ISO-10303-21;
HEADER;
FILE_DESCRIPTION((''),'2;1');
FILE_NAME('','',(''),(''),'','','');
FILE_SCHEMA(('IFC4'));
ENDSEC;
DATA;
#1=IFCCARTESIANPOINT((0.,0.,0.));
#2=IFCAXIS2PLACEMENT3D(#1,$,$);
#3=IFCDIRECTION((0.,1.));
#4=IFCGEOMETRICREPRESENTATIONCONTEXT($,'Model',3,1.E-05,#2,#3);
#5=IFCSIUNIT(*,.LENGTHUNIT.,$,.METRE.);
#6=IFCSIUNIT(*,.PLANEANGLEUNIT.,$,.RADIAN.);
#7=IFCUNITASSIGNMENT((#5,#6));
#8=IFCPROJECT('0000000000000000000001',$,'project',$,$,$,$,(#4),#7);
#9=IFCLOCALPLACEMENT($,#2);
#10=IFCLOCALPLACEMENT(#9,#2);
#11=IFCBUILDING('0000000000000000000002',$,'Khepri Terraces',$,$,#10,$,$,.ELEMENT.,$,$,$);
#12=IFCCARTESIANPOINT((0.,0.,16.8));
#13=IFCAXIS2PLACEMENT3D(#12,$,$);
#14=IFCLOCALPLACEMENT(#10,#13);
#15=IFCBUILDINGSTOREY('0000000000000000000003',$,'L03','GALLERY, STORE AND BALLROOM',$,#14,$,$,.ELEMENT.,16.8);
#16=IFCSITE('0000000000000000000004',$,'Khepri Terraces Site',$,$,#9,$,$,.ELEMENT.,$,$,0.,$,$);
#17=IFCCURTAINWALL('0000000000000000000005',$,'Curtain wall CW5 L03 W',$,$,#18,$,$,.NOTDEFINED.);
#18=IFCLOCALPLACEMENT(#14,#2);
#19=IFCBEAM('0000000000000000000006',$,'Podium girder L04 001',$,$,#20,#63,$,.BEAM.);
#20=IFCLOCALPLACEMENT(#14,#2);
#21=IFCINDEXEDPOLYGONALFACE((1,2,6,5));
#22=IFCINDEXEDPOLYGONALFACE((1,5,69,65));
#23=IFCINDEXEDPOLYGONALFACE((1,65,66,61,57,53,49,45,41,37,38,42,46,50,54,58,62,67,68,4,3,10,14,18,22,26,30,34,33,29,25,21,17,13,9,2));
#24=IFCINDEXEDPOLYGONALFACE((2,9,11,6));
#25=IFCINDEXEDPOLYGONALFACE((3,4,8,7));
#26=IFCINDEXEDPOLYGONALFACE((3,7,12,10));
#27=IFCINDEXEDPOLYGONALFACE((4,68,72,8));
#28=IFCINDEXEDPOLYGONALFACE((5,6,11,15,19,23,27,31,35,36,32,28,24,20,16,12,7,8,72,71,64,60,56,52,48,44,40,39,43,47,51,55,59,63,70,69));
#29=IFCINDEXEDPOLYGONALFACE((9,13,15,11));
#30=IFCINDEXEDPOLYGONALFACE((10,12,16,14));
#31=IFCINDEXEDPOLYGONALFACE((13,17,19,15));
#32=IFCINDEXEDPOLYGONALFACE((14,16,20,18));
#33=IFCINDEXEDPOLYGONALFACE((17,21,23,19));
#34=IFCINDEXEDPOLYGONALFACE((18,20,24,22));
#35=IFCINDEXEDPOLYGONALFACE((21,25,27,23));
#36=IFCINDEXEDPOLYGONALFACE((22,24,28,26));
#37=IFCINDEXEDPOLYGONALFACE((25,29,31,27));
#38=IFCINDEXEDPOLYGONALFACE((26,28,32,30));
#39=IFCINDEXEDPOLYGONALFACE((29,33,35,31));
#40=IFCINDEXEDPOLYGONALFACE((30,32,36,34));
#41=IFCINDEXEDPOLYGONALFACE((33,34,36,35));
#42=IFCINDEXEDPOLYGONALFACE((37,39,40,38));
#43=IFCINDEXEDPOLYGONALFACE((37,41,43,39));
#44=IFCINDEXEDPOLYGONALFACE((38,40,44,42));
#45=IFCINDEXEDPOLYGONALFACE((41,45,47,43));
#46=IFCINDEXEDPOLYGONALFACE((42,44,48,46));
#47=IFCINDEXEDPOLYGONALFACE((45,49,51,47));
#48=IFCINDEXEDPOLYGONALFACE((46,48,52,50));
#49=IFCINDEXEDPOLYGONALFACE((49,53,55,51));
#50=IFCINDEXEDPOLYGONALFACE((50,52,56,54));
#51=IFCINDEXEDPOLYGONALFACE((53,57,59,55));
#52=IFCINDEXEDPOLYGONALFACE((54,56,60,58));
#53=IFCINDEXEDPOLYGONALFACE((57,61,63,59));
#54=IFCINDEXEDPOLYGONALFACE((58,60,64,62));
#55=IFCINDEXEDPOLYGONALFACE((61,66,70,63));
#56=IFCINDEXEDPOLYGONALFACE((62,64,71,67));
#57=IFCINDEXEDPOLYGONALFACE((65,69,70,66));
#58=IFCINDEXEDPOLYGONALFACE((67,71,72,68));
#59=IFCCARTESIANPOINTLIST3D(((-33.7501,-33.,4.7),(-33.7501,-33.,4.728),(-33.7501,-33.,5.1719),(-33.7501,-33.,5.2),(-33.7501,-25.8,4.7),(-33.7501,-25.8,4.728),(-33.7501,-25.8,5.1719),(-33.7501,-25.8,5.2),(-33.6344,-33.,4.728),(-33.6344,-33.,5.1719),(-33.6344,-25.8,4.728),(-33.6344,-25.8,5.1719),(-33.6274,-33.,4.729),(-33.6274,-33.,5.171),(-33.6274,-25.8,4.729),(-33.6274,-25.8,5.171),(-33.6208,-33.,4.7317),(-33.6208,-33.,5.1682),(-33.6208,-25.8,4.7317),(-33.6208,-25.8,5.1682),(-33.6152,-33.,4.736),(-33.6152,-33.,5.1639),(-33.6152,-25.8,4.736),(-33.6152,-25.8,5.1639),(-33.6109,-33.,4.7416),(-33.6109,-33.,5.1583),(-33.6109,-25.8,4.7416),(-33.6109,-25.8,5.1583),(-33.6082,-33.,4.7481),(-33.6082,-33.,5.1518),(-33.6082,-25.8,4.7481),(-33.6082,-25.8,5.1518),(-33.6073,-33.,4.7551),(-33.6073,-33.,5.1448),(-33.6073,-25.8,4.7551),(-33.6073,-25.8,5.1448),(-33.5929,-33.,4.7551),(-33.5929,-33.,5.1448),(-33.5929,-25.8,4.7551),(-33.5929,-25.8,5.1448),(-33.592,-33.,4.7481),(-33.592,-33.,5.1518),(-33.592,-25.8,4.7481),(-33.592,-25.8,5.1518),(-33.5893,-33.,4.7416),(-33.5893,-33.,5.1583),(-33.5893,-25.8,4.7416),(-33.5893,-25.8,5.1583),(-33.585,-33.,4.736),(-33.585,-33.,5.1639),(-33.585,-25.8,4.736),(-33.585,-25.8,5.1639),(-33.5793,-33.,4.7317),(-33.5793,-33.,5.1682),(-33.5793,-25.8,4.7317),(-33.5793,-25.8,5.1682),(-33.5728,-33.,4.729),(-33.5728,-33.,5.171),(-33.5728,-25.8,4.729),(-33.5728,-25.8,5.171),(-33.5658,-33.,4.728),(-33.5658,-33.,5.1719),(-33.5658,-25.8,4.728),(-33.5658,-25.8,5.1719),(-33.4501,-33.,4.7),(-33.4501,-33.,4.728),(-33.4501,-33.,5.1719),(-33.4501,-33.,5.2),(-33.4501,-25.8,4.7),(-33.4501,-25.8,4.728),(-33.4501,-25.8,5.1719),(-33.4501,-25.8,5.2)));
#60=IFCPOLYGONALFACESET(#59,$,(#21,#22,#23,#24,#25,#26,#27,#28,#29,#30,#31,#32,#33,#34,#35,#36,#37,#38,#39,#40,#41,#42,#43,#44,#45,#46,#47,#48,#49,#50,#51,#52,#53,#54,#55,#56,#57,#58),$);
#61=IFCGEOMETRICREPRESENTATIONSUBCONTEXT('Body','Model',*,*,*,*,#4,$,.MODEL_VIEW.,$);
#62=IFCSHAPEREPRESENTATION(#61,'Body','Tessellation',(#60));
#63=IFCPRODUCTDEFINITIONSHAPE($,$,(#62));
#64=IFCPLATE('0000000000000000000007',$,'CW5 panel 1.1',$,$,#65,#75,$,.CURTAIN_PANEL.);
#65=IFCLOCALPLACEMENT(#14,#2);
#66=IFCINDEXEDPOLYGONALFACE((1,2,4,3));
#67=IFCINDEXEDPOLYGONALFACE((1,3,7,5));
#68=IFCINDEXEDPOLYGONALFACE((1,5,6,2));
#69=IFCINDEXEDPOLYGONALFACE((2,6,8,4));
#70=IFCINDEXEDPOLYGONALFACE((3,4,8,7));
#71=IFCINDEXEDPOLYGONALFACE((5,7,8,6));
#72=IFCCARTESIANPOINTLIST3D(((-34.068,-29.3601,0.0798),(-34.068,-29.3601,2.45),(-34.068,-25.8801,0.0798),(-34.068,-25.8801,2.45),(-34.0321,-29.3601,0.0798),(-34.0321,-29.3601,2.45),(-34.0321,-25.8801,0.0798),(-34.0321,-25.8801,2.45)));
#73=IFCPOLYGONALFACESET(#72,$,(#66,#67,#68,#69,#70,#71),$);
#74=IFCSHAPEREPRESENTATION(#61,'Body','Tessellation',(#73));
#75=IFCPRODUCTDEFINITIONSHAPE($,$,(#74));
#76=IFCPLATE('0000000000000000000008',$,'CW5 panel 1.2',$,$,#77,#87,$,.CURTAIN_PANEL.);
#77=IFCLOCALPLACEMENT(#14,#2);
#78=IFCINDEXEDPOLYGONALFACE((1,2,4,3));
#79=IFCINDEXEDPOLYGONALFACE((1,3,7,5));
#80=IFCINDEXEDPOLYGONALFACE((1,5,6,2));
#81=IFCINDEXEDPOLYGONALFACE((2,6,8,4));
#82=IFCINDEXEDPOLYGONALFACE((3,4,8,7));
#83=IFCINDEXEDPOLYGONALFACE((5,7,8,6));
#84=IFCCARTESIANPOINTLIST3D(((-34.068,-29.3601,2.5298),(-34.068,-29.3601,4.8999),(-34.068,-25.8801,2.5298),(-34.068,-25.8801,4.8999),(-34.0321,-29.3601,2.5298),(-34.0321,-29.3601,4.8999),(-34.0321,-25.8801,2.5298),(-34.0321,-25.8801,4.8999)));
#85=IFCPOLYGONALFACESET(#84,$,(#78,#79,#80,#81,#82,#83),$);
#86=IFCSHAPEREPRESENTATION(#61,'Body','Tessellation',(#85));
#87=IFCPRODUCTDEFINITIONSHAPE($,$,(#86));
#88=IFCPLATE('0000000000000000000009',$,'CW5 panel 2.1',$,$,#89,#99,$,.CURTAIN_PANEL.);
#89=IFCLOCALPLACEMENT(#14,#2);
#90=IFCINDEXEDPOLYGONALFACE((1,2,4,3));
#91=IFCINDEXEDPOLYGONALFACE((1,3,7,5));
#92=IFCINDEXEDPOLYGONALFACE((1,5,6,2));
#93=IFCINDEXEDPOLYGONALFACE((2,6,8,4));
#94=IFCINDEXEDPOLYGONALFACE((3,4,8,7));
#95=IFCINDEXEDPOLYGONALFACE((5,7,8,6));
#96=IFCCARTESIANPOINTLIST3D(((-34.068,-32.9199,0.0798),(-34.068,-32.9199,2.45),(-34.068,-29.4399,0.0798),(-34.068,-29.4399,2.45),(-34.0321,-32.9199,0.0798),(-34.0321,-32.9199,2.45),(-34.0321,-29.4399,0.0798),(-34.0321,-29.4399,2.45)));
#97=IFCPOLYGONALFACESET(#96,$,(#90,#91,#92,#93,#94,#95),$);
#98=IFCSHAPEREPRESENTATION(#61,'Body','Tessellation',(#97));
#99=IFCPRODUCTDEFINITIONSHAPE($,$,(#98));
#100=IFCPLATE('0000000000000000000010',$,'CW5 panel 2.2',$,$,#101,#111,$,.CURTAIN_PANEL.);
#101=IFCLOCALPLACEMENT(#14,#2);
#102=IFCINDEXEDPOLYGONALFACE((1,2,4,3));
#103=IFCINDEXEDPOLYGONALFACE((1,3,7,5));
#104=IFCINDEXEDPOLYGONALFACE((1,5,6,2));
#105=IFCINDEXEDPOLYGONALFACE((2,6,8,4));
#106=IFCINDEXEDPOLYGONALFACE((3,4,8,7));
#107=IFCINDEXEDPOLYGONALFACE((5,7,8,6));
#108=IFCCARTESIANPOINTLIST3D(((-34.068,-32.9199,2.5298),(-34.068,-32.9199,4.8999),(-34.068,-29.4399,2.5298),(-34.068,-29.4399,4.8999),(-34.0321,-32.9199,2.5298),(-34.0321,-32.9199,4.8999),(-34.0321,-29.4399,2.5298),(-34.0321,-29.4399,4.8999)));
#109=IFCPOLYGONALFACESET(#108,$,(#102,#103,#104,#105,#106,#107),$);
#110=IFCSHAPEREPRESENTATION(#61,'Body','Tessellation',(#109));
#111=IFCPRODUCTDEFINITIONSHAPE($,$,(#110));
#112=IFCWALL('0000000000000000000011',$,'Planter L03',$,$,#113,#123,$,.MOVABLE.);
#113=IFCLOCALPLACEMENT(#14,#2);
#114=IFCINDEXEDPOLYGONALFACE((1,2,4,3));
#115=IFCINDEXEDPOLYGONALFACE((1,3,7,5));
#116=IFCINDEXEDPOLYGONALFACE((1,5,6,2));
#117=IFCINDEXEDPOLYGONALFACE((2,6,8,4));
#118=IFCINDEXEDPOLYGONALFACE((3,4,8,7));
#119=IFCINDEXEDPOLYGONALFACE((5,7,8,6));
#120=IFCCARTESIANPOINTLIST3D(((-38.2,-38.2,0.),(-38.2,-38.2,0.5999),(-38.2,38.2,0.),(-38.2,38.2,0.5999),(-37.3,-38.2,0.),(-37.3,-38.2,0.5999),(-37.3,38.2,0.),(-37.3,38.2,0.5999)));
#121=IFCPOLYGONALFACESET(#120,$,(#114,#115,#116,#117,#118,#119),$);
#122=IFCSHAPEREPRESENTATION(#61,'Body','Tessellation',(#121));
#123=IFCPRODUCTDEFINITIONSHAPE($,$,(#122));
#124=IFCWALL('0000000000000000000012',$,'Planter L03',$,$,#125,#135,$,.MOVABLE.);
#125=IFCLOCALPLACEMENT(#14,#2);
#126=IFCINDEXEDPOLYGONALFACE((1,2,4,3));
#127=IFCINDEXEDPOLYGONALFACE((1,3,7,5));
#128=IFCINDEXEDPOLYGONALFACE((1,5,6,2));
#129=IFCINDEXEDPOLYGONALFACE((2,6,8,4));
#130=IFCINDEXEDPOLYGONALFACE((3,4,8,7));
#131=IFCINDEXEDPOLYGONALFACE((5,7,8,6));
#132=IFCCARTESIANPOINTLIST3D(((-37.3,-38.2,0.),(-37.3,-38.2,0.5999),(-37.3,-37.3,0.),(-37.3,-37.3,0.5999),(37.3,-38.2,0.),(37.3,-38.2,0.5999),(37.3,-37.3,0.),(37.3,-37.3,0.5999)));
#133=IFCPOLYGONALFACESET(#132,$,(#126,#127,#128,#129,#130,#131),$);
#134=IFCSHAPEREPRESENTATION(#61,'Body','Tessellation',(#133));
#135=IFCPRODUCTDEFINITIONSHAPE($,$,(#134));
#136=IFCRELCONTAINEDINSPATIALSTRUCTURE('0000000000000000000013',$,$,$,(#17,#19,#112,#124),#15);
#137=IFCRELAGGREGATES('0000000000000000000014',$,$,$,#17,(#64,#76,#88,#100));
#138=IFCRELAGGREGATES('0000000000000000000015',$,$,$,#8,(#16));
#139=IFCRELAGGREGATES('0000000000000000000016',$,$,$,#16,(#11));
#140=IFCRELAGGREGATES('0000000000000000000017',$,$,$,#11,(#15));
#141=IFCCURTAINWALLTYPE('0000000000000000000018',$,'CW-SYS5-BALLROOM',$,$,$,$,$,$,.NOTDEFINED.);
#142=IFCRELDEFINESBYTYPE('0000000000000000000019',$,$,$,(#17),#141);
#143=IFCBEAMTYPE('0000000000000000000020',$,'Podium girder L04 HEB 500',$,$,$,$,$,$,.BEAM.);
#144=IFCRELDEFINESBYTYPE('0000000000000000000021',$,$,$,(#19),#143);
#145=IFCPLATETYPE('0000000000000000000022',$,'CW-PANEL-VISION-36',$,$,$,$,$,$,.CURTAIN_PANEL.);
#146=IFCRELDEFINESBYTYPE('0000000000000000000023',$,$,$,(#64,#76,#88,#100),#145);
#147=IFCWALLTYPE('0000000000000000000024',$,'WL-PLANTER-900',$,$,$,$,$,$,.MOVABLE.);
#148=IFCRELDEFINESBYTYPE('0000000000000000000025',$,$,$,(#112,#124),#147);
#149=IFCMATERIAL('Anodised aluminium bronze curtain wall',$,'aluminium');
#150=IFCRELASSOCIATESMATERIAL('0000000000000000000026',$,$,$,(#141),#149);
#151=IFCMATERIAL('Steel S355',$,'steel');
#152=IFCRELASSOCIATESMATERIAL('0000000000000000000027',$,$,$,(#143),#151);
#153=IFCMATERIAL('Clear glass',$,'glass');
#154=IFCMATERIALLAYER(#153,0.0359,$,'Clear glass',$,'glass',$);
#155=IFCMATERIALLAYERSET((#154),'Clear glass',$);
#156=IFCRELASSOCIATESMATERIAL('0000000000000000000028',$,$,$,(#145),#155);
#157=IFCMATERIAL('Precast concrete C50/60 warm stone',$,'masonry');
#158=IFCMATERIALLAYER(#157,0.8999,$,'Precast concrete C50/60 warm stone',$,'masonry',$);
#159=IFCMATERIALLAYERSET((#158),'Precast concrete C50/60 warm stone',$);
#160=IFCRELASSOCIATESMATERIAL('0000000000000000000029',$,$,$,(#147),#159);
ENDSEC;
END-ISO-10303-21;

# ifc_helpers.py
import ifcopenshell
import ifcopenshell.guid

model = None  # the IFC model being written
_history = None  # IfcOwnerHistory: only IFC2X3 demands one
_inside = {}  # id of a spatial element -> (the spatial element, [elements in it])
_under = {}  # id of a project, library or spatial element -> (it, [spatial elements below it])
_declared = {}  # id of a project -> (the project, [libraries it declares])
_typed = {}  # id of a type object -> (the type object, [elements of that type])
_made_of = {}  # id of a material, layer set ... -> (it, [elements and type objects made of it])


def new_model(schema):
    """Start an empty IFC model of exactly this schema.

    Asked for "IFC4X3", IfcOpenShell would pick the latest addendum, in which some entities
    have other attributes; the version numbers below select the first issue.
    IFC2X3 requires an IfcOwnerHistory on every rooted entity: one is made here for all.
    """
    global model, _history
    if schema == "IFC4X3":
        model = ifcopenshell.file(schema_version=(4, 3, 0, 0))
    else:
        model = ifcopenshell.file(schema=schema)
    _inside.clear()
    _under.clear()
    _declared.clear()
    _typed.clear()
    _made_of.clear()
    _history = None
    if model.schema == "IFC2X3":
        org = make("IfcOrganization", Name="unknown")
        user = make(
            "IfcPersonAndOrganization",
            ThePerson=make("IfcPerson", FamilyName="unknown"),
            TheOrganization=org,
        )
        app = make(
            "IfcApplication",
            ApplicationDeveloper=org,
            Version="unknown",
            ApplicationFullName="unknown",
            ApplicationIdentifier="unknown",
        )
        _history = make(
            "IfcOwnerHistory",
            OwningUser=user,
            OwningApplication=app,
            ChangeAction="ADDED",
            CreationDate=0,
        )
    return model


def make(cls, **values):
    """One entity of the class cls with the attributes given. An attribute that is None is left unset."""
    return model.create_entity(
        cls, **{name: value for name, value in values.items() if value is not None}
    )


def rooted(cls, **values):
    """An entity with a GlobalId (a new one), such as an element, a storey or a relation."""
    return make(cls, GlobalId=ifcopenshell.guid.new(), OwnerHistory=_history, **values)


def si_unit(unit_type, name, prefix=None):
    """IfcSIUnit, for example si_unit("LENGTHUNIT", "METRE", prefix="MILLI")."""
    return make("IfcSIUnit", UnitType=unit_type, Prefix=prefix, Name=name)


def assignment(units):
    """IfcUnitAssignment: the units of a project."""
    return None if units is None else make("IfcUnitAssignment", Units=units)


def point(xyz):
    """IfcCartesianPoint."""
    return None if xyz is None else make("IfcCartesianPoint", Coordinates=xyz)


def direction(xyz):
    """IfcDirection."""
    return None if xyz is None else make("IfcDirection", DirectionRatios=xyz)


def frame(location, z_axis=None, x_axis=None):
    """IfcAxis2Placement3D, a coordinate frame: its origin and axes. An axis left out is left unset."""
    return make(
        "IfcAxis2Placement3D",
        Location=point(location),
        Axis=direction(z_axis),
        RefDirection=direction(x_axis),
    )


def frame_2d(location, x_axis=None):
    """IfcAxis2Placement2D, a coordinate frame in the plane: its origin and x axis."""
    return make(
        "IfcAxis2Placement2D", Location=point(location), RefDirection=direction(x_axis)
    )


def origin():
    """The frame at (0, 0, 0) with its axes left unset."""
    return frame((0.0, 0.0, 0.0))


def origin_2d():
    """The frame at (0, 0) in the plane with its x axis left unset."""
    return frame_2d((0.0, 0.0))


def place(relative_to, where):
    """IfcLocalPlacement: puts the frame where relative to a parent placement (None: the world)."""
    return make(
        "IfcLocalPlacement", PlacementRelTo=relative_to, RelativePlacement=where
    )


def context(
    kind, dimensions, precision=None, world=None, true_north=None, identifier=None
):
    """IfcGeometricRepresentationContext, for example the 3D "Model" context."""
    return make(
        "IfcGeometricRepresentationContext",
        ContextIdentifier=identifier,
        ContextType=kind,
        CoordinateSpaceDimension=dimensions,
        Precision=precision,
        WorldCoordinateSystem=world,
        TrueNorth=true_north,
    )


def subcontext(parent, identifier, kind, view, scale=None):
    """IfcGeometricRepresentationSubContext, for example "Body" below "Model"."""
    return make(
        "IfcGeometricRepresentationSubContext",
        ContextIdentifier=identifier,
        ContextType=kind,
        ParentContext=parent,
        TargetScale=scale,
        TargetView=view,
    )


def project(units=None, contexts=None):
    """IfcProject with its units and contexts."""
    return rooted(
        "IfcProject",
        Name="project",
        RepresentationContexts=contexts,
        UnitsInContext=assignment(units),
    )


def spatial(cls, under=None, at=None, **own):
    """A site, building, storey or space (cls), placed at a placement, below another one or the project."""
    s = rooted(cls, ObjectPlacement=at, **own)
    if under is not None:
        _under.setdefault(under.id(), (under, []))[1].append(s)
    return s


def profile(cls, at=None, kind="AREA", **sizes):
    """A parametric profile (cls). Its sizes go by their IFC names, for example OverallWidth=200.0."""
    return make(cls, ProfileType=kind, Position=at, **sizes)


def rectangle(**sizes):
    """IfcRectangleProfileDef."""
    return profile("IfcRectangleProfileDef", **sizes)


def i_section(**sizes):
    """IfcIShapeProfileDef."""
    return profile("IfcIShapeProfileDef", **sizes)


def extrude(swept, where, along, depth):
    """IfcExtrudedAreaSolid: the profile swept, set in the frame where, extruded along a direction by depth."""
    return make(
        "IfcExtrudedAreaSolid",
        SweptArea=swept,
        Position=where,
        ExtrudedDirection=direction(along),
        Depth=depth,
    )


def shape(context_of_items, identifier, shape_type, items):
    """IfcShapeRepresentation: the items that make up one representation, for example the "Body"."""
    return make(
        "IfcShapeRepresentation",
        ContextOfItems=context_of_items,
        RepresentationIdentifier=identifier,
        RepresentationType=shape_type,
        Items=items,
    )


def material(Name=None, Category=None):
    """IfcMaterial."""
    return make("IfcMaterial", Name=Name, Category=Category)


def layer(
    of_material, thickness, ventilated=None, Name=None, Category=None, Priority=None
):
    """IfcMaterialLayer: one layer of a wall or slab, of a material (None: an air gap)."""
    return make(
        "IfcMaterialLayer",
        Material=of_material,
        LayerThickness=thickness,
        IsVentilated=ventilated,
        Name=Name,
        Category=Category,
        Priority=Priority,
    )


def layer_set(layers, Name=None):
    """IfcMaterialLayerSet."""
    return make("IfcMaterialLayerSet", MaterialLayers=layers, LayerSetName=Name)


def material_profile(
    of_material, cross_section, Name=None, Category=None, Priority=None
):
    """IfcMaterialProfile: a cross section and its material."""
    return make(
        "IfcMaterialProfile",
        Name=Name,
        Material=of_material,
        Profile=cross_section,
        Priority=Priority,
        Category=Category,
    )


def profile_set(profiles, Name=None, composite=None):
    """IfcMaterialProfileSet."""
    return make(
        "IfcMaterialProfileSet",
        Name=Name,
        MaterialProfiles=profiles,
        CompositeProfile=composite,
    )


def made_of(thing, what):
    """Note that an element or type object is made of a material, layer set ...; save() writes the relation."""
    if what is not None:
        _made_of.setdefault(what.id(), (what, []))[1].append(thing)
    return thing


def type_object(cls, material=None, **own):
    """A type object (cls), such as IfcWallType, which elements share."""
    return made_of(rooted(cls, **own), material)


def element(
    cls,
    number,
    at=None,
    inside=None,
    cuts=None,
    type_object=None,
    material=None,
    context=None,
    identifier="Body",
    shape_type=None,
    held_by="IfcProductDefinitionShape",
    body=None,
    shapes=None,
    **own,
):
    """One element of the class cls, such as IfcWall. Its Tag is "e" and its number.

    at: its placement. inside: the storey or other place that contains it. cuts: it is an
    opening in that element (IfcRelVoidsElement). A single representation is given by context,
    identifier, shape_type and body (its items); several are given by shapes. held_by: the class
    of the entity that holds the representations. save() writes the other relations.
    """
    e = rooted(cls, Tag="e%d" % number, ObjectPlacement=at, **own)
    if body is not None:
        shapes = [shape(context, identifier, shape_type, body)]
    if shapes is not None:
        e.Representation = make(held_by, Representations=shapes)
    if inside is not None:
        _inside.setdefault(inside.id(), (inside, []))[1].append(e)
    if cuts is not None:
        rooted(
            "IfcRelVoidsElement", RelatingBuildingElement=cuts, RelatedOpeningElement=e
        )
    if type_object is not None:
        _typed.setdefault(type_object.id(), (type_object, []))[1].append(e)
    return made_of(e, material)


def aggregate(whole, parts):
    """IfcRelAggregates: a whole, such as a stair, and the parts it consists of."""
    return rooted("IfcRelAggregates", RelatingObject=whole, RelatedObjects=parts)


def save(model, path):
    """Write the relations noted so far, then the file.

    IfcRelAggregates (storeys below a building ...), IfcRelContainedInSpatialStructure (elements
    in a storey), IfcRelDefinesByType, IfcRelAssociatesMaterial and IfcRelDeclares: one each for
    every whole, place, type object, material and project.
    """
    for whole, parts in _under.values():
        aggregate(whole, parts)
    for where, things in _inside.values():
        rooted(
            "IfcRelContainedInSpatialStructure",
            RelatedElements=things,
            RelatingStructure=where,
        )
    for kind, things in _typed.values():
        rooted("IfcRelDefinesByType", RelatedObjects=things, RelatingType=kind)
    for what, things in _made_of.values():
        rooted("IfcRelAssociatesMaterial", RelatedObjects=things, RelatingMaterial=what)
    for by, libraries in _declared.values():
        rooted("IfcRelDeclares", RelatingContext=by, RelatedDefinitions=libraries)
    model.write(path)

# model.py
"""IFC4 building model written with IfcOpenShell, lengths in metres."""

from ifc_helpers import new_model, si_unit, direction, frame, frame_2d, origin, origin_2d, place, context, subcontext, project, spatial, rectangle, i_section, extrude, material, layer, layer_set, material_profile, profile_set, type_object, element, aggregate, save


model = new_model("IFC4")

# Units and contexts
model_context = context("Model", 3, precision=1e-05, world=origin(), true_north=direction((0.0, 1.0)))
body_context = subcontext(model_context, "Body", "Model", "MODEL_VIEW")
ifc_project = project(units=[si_unit("LENGTHUNIT", "METRE"), si_unit("PLANEANGLEUNIT", "RADIAN")], contexts=[model_context])

# Site, building, storey
site_placement = place(None, origin())
site = spatial("IfcSite", under=ifc_project, at=site_placement, Name="Khepri Terraces Site", CompositionType="ELEMENT", RefElevation=0.0)
building_placement = place(site_placement, origin())
building = spatial("IfcBuilding", under=site, at=building_placement, Name="Khepri Terraces", CompositionType="ELEMENT")
storey_placement = place(building_placement, frame((0.0, 0.0, 16.8)))
storey = spatial("IfcBuildingStorey", under=building, at=storey_placement, Name="L03", Description="GALLERY, STORE AND BALLROOM", CompositionType="ELEMENT", Elevation=16.8)

# Curtain wall
ifc_material_1 = material(Name="Anodised aluminium bronze curtain wall", Category="aluminium")
curtain_wall_type = type_object("IfcCurtainWallType", Name="CW-SYS5-BALLROOM", PredefinedType="NOTDEFINED", material=ifc_material_1)
curtain_wall_placement = place(storey_placement, origin())
curtain_wall = element("IfcCurtainWall", 1, at=curtain_wall_placement, inside=storey, type_object=curtain_wall_type, Name="Curtain wall CW5 L03 W", PredefinedType="NOTDEFINED")

# Beam
ifc_material_2 = material(Name="Steel S355", Category="steel")
ifc_material_profile_1 = material_profile(ifc_material_2, i_section(OverallWidth=0.3, OverallDepth=0.5, WebThickness=0.0144, FlangeThickness=0.0281, FilletRadius=0.0271, at=origin_2d()), Name="Steel S355", Category="steel")
ifc_profile_set_1 = profile_set([ifc_material_profile_1], Name="Steel S355")
beam_type_1 = type_object("IfcBeamType", Name="Podium girder L04 HEB 500", PredefinedType="BEAM", material=ifc_profile_set_1)
beam_1_placement = place(storey_placement, frame((-33.6001, -33.0, 4.95), z_axis=(0.0, 1.0, 0.0), x_axis=(-1.0, 0.0, 0.0)))
element("IfcBeam", 2, at=beam_1_placement, inside=storey, type_object=beam_type_1, Name="Podium girder L04 001", PredefinedType="BEAM", context=body_context, shape_type="SweptSolid", body=[
    extrude(i_section(OverallWidth=0.3, OverallDepth=0.5, WebThickness=0.0144, FlangeThickness=0.0281, FilletRadius=0.0271, at=origin_2d()), origin(), (0.0, 0.0, 1.0), 7.2),
])

# Plates
ifc_material_3 = material(Name="Clear glass", Category="glass")
ifc_layer_1 = layer(ifc_material_3, 0.0359, Name="Clear glass", Category="glass")
ifc_layer_set_1 = layer_set([ifc_layer_1], Name="Clear glass")
plate_type = type_object("IfcPlateType", Name="CW-PANEL-VISION-36", PredefinedType="CURTAIN_PANEL", material=ifc_layer_set_1)
plate_1_placement = place(storey_placement, frame((-34.05, -27.6201, 0.0798), z_axis=(0.0, 0.0, 1.0), x_axis=(0.0, -1.0, 0.0)))
plate_1 = element("IfcPlate", 3, at=plate_1_placement, type_object=plate_type, Name="CW5 panel 1.1", PredefinedType="CURTAIN_PANEL", context=body_context, shape_type="SweptSolid", body=[
    extrude(rectangle(XDim=3.48, YDim=0.0359, at=origin_2d()), origin(), (0.0, 0.0, 1.0), 2.3701),
])
plate_2_placement = place(storey_placement, frame((-34.05, -27.6201, 2.5298), z_axis=(0.0, 0.0, 1.0), x_axis=(0.0, -1.0, 0.0)))
plate_2 = element("IfcPlate", 4, at=plate_2_placement, type_object=plate_type, Name="CW5 panel 1.2", PredefinedType="CURTAIN_PANEL", context=body_context, shape_type="SweptSolid", body=[
    extrude(rectangle(XDim=3.48, YDim=0.0359, at=origin_2d()), origin(), (0.0, 0.0, 1.0), 2.3701),
])
plate_3_placement = place(storey_placement, frame((-34.05, -31.1799, 0.0798), z_axis=(0.0, 0.0, 1.0), x_axis=(0.0, -1.0, 0.0)))
plate_3 = element("IfcPlate", 5, at=plate_3_placement, type_object=plate_type, Name="CW5 panel 2.1", PredefinedType="CURTAIN_PANEL", context=body_context, shape_type="SweptSolid", body=[
    extrude(rectangle(XDim=3.48, YDim=0.0359, at=origin_2d()), origin(), (0.0, 0.0, 1.0), 2.3701),
])
plate_4_placement = place(storey_placement, frame((-34.05, -31.1799, 2.5298), z_axis=(0.0, 0.0, 1.0), x_axis=(0.0, -1.0, 0.0)))
plate_4 = element("IfcPlate", 6, at=plate_4_placement, type_object=plate_type, Name="CW5 panel 2.2", PredefinedType="CURTAIN_PANEL", context=body_context, shape_type="SweptSolid", body=[
    extrude(rectangle(XDim=3.48, YDim=0.0359, at=origin_2d()), origin(), (0.0, 0.0, 1.0), 2.3701),
])
aggregate(curtain_wall, [plate_1, plate_2, plate_3, plate_4])

# Walls
ifc_material_4 = material(Name="Precast concrete C50/60 warm stone", Category="masonry")
ifc_layer_2 = layer(ifc_material_4, 0.8999, Name="Precast concrete C50/60 warm stone", Category="masonry")
ifc_layer_set_2 = layer_set([ifc_layer_2], Name="Precast concrete C50/60 warm stone")
wall_type = type_object("IfcWallType", Name="WL-PLANTER-900", PredefinedType="MOVABLE", material=ifc_layer_set_2)
wall_1_placement = place(storey_placement, frame((-37.75, -38.2, 0.0), z_axis=(0.0, 0.0, 1.0), x_axis=(0.0, 1.0, 0.0)))
element("IfcWall", 7, at=wall_1_placement, inside=storey, type_object=wall_type, Name="Planter L03", PredefinedType="MOVABLE", context=body_context, shape_type="SweptSolid", body=[
    extrude(rectangle(XDim=76.3999, YDim=0.8999, at=frame_2d((38.2, 0.0))), origin(), (0.0, 0.0, 1.0), 0.5999),
])
wall_2_placement = place(storey_placement, frame((-37.3, -37.75, 0.0), z_axis=(0.0, 0.0, 1.0), x_axis=(1.0, 0.0, 0.0)))
element("IfcWall", 8, at=wall_2_placement, inside=storey, type_object=wall_type, Name="Planter L03", PredefinedType="MOVABLE", context=body_context, shape_type="SweptSolid", body=[
    extrude(rectangle(XDim=74.6001, YDim=0.8999, at=frame_2d((37.3, 0.0))), origin(), (0.0, 0.0, 1.0), 0.5999),
])

save(model, "model.ifc")
